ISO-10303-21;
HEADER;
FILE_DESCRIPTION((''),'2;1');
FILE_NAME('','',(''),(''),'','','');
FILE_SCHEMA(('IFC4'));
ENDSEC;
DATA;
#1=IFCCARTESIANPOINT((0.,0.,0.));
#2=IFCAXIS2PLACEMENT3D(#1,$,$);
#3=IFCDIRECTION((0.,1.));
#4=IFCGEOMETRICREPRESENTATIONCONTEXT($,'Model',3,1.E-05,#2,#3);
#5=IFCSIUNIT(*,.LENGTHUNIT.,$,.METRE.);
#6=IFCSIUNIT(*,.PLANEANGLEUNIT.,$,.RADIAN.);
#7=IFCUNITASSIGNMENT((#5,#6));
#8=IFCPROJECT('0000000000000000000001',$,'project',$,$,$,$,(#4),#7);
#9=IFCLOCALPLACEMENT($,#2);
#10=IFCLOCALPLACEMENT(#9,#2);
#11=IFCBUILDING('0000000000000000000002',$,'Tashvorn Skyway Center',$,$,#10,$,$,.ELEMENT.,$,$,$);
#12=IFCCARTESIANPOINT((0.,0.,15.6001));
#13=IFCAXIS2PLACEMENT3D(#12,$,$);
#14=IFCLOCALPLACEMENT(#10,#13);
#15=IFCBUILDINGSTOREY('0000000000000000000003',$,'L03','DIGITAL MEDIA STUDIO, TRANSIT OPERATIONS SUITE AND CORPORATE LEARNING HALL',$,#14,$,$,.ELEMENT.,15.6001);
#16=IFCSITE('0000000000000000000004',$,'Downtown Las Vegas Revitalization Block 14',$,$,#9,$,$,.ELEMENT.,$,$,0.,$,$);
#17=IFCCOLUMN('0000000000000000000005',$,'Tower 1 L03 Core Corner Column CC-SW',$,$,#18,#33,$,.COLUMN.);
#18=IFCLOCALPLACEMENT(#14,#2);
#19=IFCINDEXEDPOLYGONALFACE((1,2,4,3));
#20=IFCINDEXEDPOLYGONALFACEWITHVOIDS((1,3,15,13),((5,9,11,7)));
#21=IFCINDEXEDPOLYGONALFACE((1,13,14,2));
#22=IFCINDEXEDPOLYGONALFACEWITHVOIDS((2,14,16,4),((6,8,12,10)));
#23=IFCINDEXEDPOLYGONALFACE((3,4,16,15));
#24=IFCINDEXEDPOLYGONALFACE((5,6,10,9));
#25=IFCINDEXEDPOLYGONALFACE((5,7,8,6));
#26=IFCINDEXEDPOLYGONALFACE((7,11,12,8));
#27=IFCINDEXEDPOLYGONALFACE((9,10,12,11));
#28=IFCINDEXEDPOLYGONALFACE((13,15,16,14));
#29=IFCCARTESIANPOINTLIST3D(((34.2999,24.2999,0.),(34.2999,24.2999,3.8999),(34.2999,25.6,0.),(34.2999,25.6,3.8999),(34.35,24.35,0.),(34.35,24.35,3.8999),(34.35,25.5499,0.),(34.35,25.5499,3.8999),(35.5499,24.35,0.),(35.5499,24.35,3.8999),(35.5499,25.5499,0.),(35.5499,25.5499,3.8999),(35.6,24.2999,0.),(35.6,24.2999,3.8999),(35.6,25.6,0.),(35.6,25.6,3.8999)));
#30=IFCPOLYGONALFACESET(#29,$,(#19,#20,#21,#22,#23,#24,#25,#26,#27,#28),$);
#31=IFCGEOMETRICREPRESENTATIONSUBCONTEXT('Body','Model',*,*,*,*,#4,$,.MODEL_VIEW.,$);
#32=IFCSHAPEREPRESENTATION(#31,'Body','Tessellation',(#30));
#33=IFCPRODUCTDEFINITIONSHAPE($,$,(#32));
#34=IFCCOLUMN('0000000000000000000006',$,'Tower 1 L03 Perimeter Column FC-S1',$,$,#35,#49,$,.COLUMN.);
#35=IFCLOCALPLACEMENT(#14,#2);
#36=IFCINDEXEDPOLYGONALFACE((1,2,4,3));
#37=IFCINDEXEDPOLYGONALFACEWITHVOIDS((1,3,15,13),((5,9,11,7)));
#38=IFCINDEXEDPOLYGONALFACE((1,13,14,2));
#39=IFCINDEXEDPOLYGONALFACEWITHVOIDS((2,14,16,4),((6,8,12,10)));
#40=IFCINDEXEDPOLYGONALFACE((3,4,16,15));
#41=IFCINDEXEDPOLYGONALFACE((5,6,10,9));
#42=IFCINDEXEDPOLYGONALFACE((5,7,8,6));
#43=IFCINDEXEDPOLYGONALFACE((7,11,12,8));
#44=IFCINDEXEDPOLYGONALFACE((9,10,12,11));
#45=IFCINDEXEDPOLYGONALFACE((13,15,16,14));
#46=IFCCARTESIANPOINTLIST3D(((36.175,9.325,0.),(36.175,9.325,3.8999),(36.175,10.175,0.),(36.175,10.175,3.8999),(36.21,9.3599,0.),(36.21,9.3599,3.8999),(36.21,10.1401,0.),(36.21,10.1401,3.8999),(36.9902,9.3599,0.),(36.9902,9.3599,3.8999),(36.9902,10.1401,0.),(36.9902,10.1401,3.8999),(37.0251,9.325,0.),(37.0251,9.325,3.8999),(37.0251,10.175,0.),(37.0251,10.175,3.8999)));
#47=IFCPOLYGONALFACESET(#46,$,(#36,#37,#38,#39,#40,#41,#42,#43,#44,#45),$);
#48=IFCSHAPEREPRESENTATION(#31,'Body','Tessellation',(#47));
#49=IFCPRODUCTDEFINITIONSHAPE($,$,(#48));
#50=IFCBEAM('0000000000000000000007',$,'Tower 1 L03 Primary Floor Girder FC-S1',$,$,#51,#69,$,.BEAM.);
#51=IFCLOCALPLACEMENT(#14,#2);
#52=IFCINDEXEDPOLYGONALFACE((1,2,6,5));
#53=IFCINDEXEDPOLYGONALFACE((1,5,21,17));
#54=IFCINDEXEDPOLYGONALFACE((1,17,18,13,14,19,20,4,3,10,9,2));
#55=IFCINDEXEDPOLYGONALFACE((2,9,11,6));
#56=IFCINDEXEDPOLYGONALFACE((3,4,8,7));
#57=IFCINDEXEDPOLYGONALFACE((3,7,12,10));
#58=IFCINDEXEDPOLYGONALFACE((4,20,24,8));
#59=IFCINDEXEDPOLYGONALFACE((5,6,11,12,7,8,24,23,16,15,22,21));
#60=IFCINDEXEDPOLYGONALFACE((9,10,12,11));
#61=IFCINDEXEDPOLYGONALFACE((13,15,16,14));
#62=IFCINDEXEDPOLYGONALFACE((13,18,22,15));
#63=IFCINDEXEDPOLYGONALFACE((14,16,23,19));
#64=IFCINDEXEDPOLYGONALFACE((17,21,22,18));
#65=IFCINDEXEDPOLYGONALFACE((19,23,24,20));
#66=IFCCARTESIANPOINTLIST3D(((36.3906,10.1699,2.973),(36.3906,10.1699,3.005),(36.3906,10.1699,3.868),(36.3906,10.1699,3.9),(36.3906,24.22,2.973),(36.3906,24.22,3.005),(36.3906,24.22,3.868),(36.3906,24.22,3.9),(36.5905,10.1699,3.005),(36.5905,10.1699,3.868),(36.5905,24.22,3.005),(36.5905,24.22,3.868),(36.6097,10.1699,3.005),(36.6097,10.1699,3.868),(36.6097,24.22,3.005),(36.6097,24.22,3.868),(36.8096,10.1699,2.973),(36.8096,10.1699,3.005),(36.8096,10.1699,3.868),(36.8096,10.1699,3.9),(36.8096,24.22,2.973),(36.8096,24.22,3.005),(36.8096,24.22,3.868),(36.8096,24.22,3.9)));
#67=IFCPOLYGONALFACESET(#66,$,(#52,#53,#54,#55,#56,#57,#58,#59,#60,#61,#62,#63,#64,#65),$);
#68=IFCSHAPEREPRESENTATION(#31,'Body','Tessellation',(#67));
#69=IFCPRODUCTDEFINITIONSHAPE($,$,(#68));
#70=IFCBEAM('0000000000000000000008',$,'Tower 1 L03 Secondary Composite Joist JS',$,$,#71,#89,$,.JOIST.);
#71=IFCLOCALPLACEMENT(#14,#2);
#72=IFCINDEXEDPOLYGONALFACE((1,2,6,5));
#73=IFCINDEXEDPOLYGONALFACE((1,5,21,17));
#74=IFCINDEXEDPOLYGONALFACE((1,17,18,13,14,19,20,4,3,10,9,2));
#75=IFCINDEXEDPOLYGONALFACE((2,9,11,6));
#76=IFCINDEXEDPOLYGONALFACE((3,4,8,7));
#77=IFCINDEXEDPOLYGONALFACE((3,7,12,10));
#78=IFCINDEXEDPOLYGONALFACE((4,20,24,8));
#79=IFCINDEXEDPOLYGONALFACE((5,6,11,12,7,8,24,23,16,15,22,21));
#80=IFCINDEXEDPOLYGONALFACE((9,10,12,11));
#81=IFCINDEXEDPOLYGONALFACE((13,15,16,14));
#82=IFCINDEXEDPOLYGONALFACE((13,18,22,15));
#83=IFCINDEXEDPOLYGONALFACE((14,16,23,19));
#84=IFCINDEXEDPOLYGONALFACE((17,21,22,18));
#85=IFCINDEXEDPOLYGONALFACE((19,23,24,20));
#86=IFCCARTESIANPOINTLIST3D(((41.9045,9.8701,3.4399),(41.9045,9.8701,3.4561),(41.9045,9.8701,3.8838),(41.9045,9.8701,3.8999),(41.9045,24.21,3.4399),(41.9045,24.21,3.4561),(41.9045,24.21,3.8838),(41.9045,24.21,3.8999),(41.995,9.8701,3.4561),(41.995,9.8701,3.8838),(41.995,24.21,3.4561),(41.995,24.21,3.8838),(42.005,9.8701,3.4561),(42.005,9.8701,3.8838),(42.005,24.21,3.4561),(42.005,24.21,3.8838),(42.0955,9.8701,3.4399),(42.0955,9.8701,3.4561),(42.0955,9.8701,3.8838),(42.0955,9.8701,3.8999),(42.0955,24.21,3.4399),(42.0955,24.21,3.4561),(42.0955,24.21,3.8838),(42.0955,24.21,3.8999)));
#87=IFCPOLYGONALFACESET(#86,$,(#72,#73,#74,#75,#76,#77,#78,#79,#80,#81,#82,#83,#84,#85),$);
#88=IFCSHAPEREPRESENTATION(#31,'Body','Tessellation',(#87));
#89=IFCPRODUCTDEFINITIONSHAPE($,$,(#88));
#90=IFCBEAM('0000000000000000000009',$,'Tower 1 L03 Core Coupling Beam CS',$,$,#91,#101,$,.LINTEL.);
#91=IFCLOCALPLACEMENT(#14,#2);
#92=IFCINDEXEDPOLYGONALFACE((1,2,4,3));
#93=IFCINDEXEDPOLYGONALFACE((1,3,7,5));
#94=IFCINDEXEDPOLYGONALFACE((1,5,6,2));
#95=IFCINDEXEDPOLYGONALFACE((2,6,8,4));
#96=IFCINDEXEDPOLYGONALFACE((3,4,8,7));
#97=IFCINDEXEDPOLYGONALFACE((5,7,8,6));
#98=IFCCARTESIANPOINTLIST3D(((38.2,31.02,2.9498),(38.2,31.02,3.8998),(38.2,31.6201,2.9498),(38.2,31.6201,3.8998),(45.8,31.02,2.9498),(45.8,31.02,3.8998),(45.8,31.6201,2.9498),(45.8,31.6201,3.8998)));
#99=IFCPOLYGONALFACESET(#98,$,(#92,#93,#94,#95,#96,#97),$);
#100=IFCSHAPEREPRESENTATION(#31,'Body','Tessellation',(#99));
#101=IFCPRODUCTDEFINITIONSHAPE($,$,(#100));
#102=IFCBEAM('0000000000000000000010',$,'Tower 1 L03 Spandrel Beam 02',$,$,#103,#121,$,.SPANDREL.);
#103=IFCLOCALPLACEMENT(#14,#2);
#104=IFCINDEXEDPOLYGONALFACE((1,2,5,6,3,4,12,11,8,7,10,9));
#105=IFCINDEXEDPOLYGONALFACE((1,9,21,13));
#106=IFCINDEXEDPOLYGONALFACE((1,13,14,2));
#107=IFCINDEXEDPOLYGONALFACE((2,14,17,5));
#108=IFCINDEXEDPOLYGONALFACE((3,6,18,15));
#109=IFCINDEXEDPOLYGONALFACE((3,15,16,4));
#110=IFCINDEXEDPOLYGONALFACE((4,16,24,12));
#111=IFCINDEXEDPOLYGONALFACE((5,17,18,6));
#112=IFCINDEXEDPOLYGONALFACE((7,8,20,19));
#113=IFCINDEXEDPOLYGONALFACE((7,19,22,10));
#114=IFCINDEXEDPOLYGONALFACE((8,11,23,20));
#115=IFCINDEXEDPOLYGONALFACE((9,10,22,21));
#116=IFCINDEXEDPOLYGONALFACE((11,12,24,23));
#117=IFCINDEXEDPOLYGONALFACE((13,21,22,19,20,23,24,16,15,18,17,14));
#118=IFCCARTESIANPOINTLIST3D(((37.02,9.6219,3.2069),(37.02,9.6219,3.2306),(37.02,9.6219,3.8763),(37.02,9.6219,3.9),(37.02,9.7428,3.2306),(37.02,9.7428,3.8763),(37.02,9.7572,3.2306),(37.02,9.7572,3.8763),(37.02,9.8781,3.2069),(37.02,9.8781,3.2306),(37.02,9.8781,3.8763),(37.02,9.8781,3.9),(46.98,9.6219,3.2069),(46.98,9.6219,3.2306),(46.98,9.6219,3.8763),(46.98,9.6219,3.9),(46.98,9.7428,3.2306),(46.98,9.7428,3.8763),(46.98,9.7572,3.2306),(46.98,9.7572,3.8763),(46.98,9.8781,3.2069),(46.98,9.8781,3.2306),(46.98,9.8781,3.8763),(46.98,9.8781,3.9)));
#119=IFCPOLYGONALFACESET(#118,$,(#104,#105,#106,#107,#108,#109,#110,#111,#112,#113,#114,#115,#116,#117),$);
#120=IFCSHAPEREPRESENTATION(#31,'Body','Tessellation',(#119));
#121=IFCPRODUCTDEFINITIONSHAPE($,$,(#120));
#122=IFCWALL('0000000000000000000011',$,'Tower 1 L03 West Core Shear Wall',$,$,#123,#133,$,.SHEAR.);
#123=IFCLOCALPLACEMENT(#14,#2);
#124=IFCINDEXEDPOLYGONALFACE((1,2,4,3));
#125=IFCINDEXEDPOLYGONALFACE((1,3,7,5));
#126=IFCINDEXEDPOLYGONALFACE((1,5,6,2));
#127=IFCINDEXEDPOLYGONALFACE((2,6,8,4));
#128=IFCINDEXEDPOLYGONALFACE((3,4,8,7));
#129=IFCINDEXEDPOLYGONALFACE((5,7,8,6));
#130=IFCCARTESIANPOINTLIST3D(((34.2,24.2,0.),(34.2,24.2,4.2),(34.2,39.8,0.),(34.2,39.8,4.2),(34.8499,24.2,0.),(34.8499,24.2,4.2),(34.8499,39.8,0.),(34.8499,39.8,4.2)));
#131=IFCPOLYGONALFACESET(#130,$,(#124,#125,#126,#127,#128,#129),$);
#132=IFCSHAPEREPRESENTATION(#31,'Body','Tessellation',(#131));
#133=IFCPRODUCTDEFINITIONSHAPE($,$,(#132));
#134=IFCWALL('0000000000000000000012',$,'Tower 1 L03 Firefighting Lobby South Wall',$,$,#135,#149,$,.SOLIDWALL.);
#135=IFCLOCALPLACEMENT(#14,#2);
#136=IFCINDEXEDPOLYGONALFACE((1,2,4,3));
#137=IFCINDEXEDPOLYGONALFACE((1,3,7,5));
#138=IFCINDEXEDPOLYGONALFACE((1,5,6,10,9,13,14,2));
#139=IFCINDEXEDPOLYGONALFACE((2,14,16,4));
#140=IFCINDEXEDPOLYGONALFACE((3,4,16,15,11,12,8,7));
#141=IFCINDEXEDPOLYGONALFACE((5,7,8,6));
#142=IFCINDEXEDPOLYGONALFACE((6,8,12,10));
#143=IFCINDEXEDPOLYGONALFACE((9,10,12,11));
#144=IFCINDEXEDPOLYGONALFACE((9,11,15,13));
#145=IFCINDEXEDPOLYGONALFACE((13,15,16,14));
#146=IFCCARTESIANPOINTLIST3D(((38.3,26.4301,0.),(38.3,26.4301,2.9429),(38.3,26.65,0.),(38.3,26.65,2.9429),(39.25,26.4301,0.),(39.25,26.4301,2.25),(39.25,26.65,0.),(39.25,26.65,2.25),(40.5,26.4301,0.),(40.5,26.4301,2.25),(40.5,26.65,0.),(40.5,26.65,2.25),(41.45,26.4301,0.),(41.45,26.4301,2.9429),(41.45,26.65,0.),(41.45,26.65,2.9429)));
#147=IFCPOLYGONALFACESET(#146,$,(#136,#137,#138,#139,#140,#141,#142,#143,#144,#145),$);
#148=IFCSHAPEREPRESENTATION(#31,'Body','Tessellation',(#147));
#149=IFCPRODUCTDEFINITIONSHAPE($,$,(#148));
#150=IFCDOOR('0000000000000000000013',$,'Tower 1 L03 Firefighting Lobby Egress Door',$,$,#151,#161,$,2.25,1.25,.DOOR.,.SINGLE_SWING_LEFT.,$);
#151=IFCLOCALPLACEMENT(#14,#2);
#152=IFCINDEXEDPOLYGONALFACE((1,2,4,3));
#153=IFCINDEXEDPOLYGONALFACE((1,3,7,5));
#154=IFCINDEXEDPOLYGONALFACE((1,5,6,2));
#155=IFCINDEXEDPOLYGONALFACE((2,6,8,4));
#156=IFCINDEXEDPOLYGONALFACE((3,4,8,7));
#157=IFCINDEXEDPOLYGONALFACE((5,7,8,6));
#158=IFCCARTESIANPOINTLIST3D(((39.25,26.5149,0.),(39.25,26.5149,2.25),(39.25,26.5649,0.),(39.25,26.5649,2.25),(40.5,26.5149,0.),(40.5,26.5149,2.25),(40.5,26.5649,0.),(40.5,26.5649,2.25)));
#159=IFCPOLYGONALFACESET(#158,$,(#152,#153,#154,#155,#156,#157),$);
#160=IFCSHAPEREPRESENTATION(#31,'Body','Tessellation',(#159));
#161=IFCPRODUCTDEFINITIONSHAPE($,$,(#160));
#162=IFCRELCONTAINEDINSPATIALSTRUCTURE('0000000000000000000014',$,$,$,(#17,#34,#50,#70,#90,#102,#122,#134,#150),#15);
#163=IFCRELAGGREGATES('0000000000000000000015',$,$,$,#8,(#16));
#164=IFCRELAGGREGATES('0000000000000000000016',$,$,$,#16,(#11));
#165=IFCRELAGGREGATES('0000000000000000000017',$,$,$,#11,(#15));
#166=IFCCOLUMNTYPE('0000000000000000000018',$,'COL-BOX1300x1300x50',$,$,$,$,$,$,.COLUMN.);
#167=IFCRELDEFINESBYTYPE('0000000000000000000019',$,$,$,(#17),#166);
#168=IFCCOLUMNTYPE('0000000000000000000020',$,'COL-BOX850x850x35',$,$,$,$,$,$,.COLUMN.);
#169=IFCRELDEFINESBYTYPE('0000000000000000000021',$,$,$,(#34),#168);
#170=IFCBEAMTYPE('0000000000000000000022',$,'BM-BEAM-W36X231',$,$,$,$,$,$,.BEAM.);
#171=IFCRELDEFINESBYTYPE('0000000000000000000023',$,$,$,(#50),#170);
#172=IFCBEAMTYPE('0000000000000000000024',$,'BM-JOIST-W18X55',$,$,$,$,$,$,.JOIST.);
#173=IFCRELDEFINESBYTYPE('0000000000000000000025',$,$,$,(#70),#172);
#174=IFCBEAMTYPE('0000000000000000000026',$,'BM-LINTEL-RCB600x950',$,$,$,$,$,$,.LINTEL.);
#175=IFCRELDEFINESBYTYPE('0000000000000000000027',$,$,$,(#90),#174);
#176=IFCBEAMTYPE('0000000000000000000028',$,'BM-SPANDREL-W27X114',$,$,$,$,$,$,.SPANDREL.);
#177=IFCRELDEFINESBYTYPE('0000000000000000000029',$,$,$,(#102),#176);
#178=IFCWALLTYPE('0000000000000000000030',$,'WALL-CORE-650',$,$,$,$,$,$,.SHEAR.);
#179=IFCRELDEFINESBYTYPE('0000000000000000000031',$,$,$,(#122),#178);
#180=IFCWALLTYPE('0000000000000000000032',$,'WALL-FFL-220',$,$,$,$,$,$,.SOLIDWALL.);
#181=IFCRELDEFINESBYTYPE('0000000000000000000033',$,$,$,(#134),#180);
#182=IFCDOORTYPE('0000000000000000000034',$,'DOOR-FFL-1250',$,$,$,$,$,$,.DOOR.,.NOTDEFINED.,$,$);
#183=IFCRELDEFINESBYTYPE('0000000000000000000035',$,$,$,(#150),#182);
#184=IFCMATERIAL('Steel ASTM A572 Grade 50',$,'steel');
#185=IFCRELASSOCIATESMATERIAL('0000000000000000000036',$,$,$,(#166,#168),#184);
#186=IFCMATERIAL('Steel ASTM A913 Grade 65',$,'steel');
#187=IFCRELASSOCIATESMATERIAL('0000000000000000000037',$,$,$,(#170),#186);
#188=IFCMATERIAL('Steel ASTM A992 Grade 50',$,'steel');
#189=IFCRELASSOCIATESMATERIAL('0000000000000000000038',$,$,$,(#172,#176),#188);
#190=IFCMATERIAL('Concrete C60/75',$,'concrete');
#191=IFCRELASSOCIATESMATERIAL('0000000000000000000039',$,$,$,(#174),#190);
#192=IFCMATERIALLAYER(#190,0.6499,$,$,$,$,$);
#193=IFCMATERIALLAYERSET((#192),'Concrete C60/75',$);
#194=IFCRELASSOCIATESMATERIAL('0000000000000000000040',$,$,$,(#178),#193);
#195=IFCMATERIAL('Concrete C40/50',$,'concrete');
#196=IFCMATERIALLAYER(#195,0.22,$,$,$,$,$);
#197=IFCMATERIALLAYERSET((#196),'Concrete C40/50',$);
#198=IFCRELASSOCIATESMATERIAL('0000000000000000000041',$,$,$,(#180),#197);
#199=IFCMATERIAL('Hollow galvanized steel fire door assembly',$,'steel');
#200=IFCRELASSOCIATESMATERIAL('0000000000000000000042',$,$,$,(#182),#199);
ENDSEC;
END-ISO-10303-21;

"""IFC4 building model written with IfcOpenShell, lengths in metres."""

from ifc_helpers import new_model, si_unit, direction, frame, frame_2d, origin, origin_2d, place, context, subcontext, project, spatial, rectangle, hollow_rectangle, i_section, extrude, material, layer, layer_set, material_profile, profile_set, type_object, element, fill, save


model = new_model("IFC4")

# Units and contexts
model_context = context("Model", 3, precision=1e-05, world=origin(), true_north=direction((0.0, 1.0)))
body_context = subcontext(model_context, "Body", "Model", "MODEL_VIEW")
ifc_project = project(units=[si_unit("LENGTHUNIT", "METRE"), si_unit("PLANEANGLEUNIT", "RADIAN")], contexts=[model_context])

# Site, building, storey
site_placement = place(None, origin())
site = spatial("IfcSite", under=ifc_project, at=site_placement, Name="Downtown Las Vegas Revitalization Block 14", CompositionType="ELEMENT", RefElevation=0.0)
building_placement = place(site_placement, origin())
building = spatial("IfcBuilding", under=site, at=building_placement, Name="Tashvorn Skyway Center", CompositionType="ELEMENT")
storey_placement = place(building_placement, frame((0.0, 0.0, 15.6001)))
storey = spatial("IfcBuildingStorey", under=building, at=storey_placement, Name="L03", Description="DIGITAL MEDIA STUDIO, TRANSIT OPERATIONS SUITE AND CORPORATE LEARNING HALL", CompositionType="ELEMENT", Elevation=15.6001)

# Columns
ifc_material_1 = material(Name="Steel ASTM A572 Grade 50", Category="steel")
ifc_material_profile_1 = material_profile(ifc_material_1, hollow_rectangle(XDim=1.3, YDim=1.3, WallThickness=0.05, at=origin_2d()), Name="BOX1300x1300x50")
ifc_profile_set_1 = profile_set([ifc_material_profile_1], Name="Steel ASTM A572 Grade 50")
column_type_1 = type_object("IfcColumnType", Name="COL-BOX1300x1300x50", PredefinedType="COLUMN", material=ifc_profile_set_1)
column_1_placement = place(storey_placement, frame((34.95, 24.95, 0.0), z_axis=(0.0, 0.0, 1.0), x_axis=(1.0, 0.0, 0.0)))
element("IfcColumn", 1, at=column_1_placement, inside=storey, type_object=column_type_1, Name="Tower 1 L03 Core Corner Column CC-SW", PredefinedType="COLUMN", context=body_context, shape_type="SweptSolid", body=[
    extrude(hollow_rectangle(XDim=1.3, YDim=1.3, WallThickness=0.05, at=origin_2d()), origin(), (0.0, 0.0, 1.0), 3.8999),
])
ifc_material_profile_2 = material_profile(ifc_material_1, hollow_rectangle(XDim=0.8501, YDim=0.8501, WallThickness=0.0349, at=origin_2d()), Name="BOX850x850x35")
ifc_profile_set_2 = profile_set([ifc_material_profile_2], Name="Steel ASTM A572 Grade 50")
column_type_2 = type_object("IfcColumnType", Name="COL-BOX850x850x35", PredefinedType="COLUMN", material=ifc_profile_set_2)
column_2_placement = place(storey_placement, frame((36.6001, 9.75, 0.0), z_axis=(0.0, 0.0, 1.0), x_axis=(1.0, 0.0, 0.0)))
element("IfcColumn", 2, at=column_2_placement, inside=storey, type_object=column_type_2, Name="Tower 1 L03 Perimeter Column FC-S1", PredefinedType="COLUMN", context=body_context, shape_type="SweptSolid", body=[
    extrude(hollow_rectangle(XDim=0.8501, YDim=0.8501, WallThickness=0.0349, at=origin_2d()), origin(), (0.0, 0.0, 1.0), 3.8999),
])

# Beams
ifc_material_2 = material(Name="Steel ASTM A913 Grade 65", Category="steel")
ifc_material_profile_3 = material_profile(ifc_material_2, i_section(OverallWidth=0.4189, OverallDepth=0.927, WebThickness=0.0193, FlangeThickness=0.032, at=origin_2d()), Name="W36X231")
ifc_profile_set_3 = profile_set([ifc_material_profile_3], Name="Steel ASTM A913 Grade 65")
beam_type_1 = type_object("IfcBeamType", Name="BM-BEAM-W36X231", PredefinedType="BEAM", material=ifc_profile_set_3)
beam_1_placement = place(storey_placement, frame((36.6001, 10.1699, 3.4365), z_axis=(0.0, 1.0, 0.0), x_axis=(-1.0, 0.0, 0.0)))
element("IfcBeam", 3, at=beam_1_placement, inside=storey, type_object=beam_type_1, Name="Tower 1 L03 Primary Floor Girder FC-S1", PredefinedType="BEAM", context=body_context, shape_type="SweptSolid", body=[
    extrude(i_section(OverallWidth=0.4189, OverallDepth=0.927, WebThickness=0.0193, FlangeThickness=0.032, at=origin_2d()), origin(), (0.0, 0.0, 1.0), 14.05),
])
ifc_material_3 = material(Name="Steel ASTM A992 Grade 50", Category="steel")
ifc_material_profile_4 = material_profile(ifc_material_3, i_section(OverallWidth=0.1909, OverallDepth=0.46, WebThickness=0.01, FlangeThickness=0.0161, at=origin_2d()), Name="W18X55")
ifc_profile_set_4 = profile_set([ifc_material_profile_4], Name="Steel ASTM A992 Grade 50")
beam_type_2 = type_object("IfcBeamType", Name="BM-JOIST-W18X55", PredefinedType="JOIST", material=ifc_profile_set_4)
beam_2_placement = place(storey_placement, frame((42.0, 24.21, 3.6699), z_axis=(0.0, -1.0, 0.0), x_axis=(1.0, 0.0, 0.0)))
element("IfcBeam", 4, at=beam_2_placement, inside=storey, type_object=beam_type_2, Name="Tower 1 L03 Secondary Composite Joist JS", PredefinedType="JOIST", context=body_context, shape_type="SweptSolid", body=[
    extrude(i_section(OverallWidth=0.1909, OverallDepth=0.46, WebThickness=0.01, FlangeThickness=0.0161, at=origin_2d()), origin(), (0.0, 0.0, 1.0), 14.3398),
])
ifc_material_4 = material(Name="Concrete C60/75", Category="concrete")
ifc_material_profile_5 = material_profile(ifc_material_4, rectangle(XDim=0.6001, YDim=0.95, at=origin_2d()), Name="RCB600x950")
ifc_profile_set_5 = profile_set([ifc_material_profile_5], Name="Concrete C60/75")
beam_type_3 = type_object("IfcBeamType", Name="BM-LINTEL-RCB600x950", PredefinedType="LINTEL", material=ifc_profile_set_5)
beam_3_placement = place(storey_placement, frame((38.2, 31.3201, 3.4248), z_axis=(1.0, 0.0, 0.0), x_axis=(0.0, 1.0, 0.0)))
element("IfcBeam", 5, at=beam_3_placement, inside=storey, type_object=beam_type_3, Name="Tower 1 L03 Core Coupling Beam CS", PredefinedType="LINTEL", context=body_context, shape_type="SweptSolid", body=[
    extrude(rectangle(XDim=0.6001, YDim=0.95, at=origin_2d()), origin(), (0.0, 0.0, 1.0), 7.6001),
])
ifc_material_profile_6 = material_profile(ifc_material_3, i_section(OverallWidth=0.2561, OverallDepth=0.6931, WebThickness=0.0144, FlangeThickness=0.0237, at=origin_2d()), Name="W27X114")
ifc_profile_set_6 = profile_set([ifc_material_profile_6], Name="Steel ASTM A992 Grade 50")
beam_type_4 = type_object("IfcBeamType", Name="BM-SPANDREL-W27X114", PredefinedType="SPANDREL", material=ifc_profile_set_6)
beam_4_placement = place(storey_placement, frame((37.02, 9.75, 3.5535), z_axis=(1.0, 0.0, 0.0), x_axis=(0.0, 1.0, 0.0)))
element("IfcBeam", 6, at=beam_4_placement, inside=storey, type_object=beam_type_4, Name="Tower 1 L03 Spandrel Beam 02", PredefinedType="SPANDREL", context=body_context, shape_type="SweptSolid", body=[
    extrude(i_section(OverallWidth=0.2561, OverallDepth=0.6931, WebThickness=0.0144, FlangeThickness=0.0237, at=origin_2d()), origin(), (0.0, 0.0, 1.0), 9.96),
])

# Wall
ifc_layer_1 = layer(ifc_material_4, 0.6499)
ifc_layer_set_1 = layer_set([ifc_layer_1], Name="Concrete C60/75")
wall_type_1 = type_object("IfcWallType", Name="WALL-CORE-650", PredefinedType="SHEAR", material=ifc_layer_set_1)
wall_1_placement = place(storey_placement, frame((34.5249, 24.2, 0.0), z_axis=(0.0, 0.0, 1.0), x_axis=(0.0, 1.0, 0.0)))
element("IfcWall", 7, at=wall_1_placement, inside=storey, type_object=wall_type_1, Name="Tower 1 L03 West Core Shear Wall", PredefinedType="SHEAR", context=body_context, shape_type="SweptSolid", body=[
    extrude(rectangle(XDim=15.6001, YDim=0.6499, at=frame_2d((7.8, 0.0))), origin(), (0.0, 0.0, 1.0), 4.2),
])

# Wall, opening, door
ifc_material_5 = material(Name="Concrete C40/50", Category="concrete")
ifc_layer_2 = layer(ifc_material_5, 0.22)
ifc_layer_set_2 = layer_set([ifc_layer_2], Name="Concrete C40/50")
wall_type_2 = type_object("IfcWallType", Name="WALL-FFL-220", PredefinedType="SOLIDWALL", material=ifc_layer_set_2)
wall_2_placement = place(storey_placement, frame((38.3, 26.54, 0.0), z_axis=(0.0, 0.0, 1.0), x_axis=(1.0, 0.0, 0.0)))
wall_2 = element("IfcWall", 8, at=wall_2_placement, inside=storey, type_object=wall_type_2, Name="Tower 1 L03 Firefighting Lobby South Wall", PredefinedType="SOLIDWALL", context=body_context, shape_type="SweptSolid", body=[
    extrude(rectangle(XDim=3.1499, YDim=0.22, at=frame_2d((1.575, 0.0))), origin(), (0.0, 0.0, 1.0), 2.9429),
])
opening_1_placement = place(wall_2_placement, frame((0.95, 0.0, 0.0)))
opening_1 = element("IfcOpeningElement", 9, at=opening_1_placement, cuts=wall_2, PredefinedType="OPENING", context=body_context, shape_type="SweptSolid", body=[
    extrude(rectangle(XDim=1.25, YDim=2.25, at=frame_2d((0.625, 1.125))), frame((0.0, 0.1199, 0.0), z_axis=(0.0, -1.0, 0.0), x_axis=(1.0, 0.0, 0.0)), (0.0, 0.0, 1.0), 0.24),
])
ifc_material_6 = material(Name="Hollow galvanized steel fire door assembly", Category="steel")
door_type_1 = type_object("IfcDoorType", Name="DOOR-FFL-1250", OperationType="NOTDEFINED", PredefinedType="DOOR", material=ifc_material_6)
door_1_placement = place(opening_1_placement, origin())
door_1 = element("IfcDoor", 10, at=door_1_placement, inside=storey, type_object=door_type_1, Name="Tower 1 L03 Firefighting Lobby Egress Door", OperationType="SINGLE_SWING_LEFT", OverallHeight=2.25, OverallWidth=1.25, PredefinedType="DOOR", context=body_context, shape_type="SweptSolid", body=[
    extrude(rectangle(XDim=1.25, YDim=2.25, at=frame_2d((0.625, 1.125))), frame((0.0, 0.0249, 0.0), z_axis=(0.0, -1.0, 0.0), x_axis=(1.0, 0.0, 0.0)), (0.0, 0.0, 1.0), 0.05),
])
fill(opening_1, door_1)

save(model, "model.ifc")
